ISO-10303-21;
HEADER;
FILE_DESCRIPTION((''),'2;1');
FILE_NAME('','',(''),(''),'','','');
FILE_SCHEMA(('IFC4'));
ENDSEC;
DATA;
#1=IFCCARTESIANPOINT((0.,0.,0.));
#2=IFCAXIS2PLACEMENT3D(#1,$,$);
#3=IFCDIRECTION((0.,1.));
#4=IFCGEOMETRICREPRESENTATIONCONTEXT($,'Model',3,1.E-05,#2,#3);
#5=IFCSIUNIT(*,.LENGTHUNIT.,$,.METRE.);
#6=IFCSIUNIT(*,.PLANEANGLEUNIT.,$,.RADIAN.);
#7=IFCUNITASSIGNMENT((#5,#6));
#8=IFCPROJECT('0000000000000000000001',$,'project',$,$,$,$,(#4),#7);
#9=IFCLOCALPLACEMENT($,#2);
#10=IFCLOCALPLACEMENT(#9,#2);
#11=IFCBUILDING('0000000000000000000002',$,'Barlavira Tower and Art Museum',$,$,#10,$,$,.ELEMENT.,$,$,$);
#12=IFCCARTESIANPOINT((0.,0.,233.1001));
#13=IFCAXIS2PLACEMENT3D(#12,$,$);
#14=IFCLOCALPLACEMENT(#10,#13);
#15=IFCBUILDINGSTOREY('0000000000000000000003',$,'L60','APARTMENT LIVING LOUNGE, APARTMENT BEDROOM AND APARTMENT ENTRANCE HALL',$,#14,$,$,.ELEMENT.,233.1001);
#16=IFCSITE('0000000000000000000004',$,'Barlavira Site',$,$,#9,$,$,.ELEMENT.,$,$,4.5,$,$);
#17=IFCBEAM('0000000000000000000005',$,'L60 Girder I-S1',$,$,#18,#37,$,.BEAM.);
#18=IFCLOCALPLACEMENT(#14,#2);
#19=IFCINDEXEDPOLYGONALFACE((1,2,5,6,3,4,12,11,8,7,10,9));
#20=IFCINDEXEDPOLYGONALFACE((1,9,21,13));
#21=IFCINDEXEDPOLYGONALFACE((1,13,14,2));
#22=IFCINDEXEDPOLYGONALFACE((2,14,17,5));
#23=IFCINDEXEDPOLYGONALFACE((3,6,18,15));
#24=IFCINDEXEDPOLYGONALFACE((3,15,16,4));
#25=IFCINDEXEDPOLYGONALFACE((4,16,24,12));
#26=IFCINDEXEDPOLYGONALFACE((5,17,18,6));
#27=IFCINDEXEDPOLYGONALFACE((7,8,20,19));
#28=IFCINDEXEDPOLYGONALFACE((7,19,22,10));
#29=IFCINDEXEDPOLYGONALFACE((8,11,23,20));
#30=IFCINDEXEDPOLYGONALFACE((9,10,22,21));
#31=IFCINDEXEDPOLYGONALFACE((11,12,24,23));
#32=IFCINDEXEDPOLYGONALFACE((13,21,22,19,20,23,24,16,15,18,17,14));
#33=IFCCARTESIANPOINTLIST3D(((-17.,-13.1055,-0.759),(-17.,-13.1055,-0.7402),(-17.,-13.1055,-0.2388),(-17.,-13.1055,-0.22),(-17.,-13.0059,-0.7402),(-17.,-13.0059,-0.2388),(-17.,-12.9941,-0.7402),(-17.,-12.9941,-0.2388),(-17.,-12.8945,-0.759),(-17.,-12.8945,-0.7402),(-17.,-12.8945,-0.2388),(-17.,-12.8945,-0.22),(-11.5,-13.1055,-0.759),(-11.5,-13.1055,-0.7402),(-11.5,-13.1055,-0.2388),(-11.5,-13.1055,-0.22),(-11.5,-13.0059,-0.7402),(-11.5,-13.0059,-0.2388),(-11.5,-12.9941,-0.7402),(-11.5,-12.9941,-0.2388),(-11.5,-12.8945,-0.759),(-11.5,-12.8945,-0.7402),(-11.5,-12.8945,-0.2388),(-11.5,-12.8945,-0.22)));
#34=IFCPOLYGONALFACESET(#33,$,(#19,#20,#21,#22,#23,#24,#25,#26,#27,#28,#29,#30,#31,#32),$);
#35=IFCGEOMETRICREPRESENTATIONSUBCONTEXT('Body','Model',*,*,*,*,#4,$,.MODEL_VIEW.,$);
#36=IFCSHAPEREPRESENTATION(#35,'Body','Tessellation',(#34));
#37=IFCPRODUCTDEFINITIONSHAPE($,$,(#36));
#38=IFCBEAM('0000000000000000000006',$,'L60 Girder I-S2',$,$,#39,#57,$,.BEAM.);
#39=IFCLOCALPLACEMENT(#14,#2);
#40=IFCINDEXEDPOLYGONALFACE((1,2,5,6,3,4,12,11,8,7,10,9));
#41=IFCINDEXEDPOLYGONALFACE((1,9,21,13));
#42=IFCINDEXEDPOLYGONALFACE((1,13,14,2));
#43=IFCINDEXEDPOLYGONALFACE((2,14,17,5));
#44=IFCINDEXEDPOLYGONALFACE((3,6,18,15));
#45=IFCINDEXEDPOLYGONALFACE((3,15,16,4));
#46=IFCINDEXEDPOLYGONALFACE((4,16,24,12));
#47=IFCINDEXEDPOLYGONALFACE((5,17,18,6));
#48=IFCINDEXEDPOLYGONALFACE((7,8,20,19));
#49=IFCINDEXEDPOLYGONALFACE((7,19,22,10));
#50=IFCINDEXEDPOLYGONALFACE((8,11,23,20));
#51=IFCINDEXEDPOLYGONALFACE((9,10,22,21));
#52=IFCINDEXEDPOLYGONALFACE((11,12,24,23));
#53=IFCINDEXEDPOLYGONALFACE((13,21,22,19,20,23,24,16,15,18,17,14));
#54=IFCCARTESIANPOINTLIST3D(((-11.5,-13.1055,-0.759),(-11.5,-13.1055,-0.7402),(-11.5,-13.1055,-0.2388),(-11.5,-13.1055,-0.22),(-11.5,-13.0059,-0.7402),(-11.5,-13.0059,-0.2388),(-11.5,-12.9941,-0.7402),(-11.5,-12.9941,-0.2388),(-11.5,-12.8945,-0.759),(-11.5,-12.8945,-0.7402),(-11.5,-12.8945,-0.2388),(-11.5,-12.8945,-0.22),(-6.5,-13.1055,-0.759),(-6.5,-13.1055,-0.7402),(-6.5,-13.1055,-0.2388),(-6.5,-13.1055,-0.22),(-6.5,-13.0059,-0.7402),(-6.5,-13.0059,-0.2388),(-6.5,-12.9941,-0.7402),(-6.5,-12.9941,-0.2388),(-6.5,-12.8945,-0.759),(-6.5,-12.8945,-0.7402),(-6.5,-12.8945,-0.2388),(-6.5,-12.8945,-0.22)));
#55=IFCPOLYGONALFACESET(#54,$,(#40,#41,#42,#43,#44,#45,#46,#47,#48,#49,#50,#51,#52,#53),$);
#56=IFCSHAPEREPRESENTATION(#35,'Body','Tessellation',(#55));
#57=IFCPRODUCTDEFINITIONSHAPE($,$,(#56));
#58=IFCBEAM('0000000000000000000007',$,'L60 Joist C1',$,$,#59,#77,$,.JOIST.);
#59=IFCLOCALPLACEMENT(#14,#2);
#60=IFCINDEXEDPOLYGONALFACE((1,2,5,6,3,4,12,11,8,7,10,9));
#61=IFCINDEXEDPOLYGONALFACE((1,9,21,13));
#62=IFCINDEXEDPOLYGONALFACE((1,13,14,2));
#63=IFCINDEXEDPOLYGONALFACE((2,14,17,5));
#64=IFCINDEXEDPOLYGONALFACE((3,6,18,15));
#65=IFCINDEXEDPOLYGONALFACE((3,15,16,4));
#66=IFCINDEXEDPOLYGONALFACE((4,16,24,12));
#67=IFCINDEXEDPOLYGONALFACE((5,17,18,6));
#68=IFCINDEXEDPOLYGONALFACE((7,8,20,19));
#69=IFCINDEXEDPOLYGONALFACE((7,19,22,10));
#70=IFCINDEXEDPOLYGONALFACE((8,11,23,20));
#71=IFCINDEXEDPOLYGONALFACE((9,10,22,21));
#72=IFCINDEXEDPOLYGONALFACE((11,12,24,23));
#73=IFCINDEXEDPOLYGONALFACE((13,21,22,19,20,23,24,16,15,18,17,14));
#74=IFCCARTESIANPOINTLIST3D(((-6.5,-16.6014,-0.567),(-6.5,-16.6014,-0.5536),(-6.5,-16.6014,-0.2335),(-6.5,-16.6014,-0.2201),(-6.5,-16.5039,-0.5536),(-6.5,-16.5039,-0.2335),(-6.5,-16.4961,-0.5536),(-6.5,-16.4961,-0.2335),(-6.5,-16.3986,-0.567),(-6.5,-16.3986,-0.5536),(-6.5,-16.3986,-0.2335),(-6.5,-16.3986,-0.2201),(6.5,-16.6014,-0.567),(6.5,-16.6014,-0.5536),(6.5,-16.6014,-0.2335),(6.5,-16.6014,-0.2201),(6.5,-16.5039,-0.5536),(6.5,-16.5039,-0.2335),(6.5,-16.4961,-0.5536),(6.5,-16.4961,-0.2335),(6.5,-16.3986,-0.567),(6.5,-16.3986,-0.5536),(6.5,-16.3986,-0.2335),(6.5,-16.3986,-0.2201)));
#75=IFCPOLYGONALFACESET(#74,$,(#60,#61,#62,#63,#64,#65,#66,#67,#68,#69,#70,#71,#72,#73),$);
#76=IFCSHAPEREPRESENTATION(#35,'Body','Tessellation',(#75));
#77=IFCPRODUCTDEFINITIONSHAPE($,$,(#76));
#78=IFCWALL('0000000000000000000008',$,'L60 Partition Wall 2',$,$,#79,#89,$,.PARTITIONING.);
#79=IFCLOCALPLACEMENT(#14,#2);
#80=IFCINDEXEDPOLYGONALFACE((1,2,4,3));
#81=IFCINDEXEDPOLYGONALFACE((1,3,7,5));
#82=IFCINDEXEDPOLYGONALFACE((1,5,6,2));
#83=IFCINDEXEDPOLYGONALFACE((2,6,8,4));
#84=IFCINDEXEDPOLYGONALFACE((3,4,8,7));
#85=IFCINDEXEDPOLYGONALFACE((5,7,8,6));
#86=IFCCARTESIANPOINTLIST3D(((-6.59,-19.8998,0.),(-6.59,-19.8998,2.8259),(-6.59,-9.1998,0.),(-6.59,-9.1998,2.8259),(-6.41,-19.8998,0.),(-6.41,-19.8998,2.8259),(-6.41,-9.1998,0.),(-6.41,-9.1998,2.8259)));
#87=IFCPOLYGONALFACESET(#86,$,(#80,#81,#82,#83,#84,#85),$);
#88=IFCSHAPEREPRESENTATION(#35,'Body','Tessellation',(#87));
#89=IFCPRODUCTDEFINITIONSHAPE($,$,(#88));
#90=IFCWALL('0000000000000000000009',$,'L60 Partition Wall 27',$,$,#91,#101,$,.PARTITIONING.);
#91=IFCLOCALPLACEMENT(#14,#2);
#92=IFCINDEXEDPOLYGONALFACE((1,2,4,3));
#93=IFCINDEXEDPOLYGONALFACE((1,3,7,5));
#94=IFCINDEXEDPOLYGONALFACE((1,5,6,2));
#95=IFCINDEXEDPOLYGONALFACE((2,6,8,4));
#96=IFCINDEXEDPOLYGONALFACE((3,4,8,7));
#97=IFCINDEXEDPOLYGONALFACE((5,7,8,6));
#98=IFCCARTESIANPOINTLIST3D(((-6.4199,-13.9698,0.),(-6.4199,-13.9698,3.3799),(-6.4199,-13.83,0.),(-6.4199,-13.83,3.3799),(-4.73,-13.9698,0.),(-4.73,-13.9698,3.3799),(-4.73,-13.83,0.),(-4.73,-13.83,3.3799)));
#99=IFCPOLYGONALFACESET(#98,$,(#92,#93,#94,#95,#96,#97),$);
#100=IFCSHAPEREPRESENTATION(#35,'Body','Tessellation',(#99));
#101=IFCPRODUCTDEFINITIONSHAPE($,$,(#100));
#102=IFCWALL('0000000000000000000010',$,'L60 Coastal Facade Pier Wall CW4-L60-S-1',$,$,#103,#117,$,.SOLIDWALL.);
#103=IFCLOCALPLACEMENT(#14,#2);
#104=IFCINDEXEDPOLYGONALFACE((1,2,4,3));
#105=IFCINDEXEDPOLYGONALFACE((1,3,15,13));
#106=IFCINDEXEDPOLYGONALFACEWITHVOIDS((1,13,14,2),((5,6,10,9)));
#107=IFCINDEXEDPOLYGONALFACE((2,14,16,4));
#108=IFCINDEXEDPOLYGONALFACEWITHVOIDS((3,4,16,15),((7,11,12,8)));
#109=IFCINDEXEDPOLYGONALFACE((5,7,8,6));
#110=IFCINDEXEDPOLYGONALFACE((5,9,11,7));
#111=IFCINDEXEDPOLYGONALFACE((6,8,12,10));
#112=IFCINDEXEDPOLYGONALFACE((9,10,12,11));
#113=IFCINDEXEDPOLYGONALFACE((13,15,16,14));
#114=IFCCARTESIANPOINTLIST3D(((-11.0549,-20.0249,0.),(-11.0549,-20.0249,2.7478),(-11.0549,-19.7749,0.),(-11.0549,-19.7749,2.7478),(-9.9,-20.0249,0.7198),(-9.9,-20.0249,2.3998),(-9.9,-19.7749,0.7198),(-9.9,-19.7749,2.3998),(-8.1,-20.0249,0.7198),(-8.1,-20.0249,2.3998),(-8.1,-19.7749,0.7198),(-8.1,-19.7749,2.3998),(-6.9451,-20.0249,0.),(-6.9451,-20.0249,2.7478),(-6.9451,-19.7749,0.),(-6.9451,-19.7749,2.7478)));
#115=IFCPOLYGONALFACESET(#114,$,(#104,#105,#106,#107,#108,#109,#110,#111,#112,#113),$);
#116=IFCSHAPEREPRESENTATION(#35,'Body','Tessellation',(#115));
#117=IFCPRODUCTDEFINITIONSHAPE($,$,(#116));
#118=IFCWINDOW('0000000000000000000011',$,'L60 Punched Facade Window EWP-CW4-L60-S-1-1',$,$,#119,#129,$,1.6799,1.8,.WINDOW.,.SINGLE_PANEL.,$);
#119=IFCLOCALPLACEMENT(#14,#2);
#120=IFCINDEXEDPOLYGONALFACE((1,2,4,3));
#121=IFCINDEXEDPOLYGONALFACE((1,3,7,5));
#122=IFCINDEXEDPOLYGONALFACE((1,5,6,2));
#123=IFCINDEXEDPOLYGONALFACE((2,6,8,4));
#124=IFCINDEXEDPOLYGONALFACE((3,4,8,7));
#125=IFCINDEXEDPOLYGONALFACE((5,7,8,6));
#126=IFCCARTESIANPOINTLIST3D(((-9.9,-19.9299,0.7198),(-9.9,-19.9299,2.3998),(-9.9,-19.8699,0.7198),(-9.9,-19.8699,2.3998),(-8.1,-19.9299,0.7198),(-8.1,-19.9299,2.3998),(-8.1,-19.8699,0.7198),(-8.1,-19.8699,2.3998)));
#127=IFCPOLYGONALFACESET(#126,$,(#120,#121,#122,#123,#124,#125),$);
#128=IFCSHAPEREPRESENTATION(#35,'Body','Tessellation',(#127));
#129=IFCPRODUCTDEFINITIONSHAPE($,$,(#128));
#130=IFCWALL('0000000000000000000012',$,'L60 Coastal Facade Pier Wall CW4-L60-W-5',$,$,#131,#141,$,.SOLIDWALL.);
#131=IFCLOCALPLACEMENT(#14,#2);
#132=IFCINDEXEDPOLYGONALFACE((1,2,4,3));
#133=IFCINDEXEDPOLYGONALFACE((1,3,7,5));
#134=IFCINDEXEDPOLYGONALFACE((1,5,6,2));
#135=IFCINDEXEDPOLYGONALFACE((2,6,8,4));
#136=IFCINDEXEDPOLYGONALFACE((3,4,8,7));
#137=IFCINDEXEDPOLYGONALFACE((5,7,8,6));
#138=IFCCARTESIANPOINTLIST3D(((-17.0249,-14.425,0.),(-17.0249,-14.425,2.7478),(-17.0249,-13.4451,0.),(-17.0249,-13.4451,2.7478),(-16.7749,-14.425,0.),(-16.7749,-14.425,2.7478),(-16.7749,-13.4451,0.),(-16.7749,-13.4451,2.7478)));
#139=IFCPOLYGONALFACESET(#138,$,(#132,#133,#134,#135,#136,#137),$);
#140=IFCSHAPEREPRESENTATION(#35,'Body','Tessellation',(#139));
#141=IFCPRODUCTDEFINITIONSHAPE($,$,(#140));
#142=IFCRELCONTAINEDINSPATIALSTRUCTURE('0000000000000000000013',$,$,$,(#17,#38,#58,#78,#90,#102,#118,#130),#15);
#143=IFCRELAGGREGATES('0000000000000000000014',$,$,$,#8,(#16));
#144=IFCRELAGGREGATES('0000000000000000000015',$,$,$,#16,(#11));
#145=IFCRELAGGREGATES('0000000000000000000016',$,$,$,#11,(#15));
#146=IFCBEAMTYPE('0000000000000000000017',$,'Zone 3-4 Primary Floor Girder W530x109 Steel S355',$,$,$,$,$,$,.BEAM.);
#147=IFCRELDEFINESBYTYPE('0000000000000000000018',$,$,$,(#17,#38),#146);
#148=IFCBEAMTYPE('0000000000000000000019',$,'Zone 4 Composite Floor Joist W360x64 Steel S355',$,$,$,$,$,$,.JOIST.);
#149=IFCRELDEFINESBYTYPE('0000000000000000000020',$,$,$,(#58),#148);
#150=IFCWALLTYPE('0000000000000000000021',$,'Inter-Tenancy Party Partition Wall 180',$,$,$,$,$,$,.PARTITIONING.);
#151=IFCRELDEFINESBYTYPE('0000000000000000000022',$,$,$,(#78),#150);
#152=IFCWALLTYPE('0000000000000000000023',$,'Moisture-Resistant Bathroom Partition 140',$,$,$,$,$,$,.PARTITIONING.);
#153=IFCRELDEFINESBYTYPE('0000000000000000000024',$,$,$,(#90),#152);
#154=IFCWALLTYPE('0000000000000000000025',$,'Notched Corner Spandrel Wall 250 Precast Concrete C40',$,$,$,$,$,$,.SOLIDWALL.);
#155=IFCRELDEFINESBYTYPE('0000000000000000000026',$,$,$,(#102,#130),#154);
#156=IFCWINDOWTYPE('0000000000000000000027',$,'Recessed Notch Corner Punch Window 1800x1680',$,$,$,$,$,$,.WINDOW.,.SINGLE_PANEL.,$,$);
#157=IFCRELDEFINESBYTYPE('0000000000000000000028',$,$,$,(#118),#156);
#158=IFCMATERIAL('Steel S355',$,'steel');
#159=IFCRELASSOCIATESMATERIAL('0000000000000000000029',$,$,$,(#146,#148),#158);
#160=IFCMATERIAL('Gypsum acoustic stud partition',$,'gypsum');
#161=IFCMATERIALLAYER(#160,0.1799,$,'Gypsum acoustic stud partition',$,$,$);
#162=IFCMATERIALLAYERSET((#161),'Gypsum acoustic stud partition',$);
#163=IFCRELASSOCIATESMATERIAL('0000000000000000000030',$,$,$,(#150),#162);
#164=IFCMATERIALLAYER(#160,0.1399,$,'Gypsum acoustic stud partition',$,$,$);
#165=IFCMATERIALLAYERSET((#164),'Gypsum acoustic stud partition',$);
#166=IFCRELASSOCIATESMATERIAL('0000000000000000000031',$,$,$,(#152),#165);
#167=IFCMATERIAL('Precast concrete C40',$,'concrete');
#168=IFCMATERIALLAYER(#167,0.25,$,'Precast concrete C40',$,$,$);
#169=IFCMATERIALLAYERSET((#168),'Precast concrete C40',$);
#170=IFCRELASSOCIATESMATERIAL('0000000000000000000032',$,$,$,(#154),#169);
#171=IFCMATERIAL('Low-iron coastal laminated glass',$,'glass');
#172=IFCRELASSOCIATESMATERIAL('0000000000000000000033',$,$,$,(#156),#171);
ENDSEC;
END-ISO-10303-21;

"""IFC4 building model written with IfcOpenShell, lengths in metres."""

from ifc_helpers import new_model, si_unit, direction, frame, frame_2d, origin, origin_2d, place, context, subcontext, project, spatial, rectangle, i_section, extrude, material, layer, layer_set, material_profile, profile_set, type_object, element, fill, save


model = new_model("IFC4")

# Units and contexts
model_context = context("Model", 3, precision=1e-05, world=origin(), true_north=direction((0.0, 1.0)))
body_context = subcontext(model_context, "Body", "Model", "MODEL_VIEW")
ifc_project = project(units=[si_unit("LENGTHUNIT", "METRE"), si_unit("PLANEANGLEUNIT", "RADIAN")], contexts=[model_context])

# Site, building, storey
site_placement = place(None, origin())
site = spatial("IfcSite", under=ifc_project, at=site_placement, Name="Barlavira Site", CompositionType="ELEMENT", RefElevation=4.5)
building_placement = place(site_placement, origin())
building = spatial("IfcBuilding", under=site, at=building_placement, Name="Barlavira Tower and Art Museum", CompositionType="ELEMENT")
storey_placement = place(building_placement, frame((0.0, 0.0, 233.1001)))
storey = spatial("IfcBuildingStorey", under=building, at=storey_placement, Name="L60", Description="APARTMENT LIVING LOUNGE, APARTMENT BEDROOM AND APARTMENT ENTRANCE HALL", CompositionType="ELEMENT", Elevation=233.1001)

# Shared definitions
ifc_material_1 = material(Name="Low-iron coastal laminated glass", Category="glass")

# Beams
ifc_material_2 = material(Name="Steel S355", Category="steel")
ifc_material_profile_1 = material_profile(ifc_material_2, i_section(OverallWidth=0.2109, OverallDepth=0.5391, WebThickness=0.0117, FlangeThickness=0.0188, at=origin_2d()), Name="W530x109.0")
ifc_profile_set_1 = profile_set([ifc_material_profile_1], Name="Steel S355")
beam_type_1 = type_object("IfcBeamType", Name="Zone 3-4 Primary Floor Girder W530x109 Steel S355", PredefinedType="BEAM", material=ifc_profile_set_1)
beam_1_placement = place(storey_placement, frame((-17.0, -13.0, -0.4895), z_axis=(1.0, 0.0, 0.0), x_axis=(0.0, 1.0, 0.0)))
element("IfcBeam", 1, at=beam_1_placement, inside=storey, type_object=beam_type_1, Name="L60 Girder I-S1", PredefinedType="BEAM", context=body_context, shape_type="SweptSolid", body=[
    extrude(i_section(OverallWidth=0.2109, OverallDepth=0.5391, WebThickness=0.0117, FlangeThickness=0.0188, at=origin_2d()), origin(), (0.0, 0.0, 1.0), 5.5),
])
beam_2_placement = place(storey_placement, frame((-11.5, -13.0, -0.4895), z_axis=(1.0, 0.0, 0.0), x_axis=(0.0, 1.0, 0.0)))
element("IfcBeam", 2, at=beam_2_placement, inside=storey, type_object=beam_type_1, Name="L60 Girder I-S2", PredefinedType="BEAM", context=body_context, shape_type="SweptSolid", body=[
    extrude(i_section(OverallWidth=0.2109, OverallDepth=0.5391, WebThickness=0.0117, FlangeThickness=0.0188, at=origin_2d()), origin(), (0.0, 0.0, 1.0), 5.0),
])
ifc_material_profile_2 = material_profile(ifc_material_2, i_section(OverallWidth=0.2029, OverallDepth=0.3469, WebThickness=0.0078, FlangeThickness=0.0134, at=origin_2d()), Name="W360x64.0")
ifc_profile_set_2 = profile_set([ifc_material_profile_2], Name="Steel S355")
beam_type_2 = type_object("IfcBeamType", Name="Zone 4 Composite Floor Joist W360x64 Steel S355", PredefinedType="JOIST", material=ifc_profile_set_2)
beam_3_placement = place(storey_placement, frame((-6.5, -16.5, -0.3936), z_axis=(1.0, 0.0, 0.0), x_axis=(0.0, 1.0, 0.0)))
element("IfcBeam", 3, at=beam_3_placement, inside=storey, type_object=beam_type_2, Name="L60 Joist C1", PredefinedType="JOIST", context=body_context, shape_type="SweptSolid", body=[
    extrude(i_section(OverallWidth=0.2029, OverallDepth=0.3469, WebThickness=0.0078, FlangeThickness=0.0134, at=origin_2d()), origin(), (0.0, 0.0, 1.0), 13.0),
])

# Walls
ifc_material_3 = material(Name="Gypsum acoustic stud partition", Category="gypsum")
ifc_layer_1 = layer(ifc_material_3, 0.1799, Name="Gypsum acoustic stud partition")
ifc_layer_set_1 = layer_set([ifc_layer_1], Name="Gypsum acoustic stud partition")
wall_type_1 = type_object("IfcWallType", Name="Inter-Tenancy Party Partition Wall 180", PredefinedType="PARTITIONING", material=ifc_layer_set_1)
wall_1_placement = place(storey_placement, frame((-6.5, -19.8999, 0.0), z_axis=(0.0, 0.0, 1.0), x_axis=(0.0, 1.0, 0.0)))
element("IfcWall", 4, at=wall_1_placement, inside=storey, type_object=wall_type_1, Name="L60 Partition Wall 2", PredefinedType="PARTITIONING", context=body_context, shape_type="SweptSolid", body=[
    extrude(rectangle(XDim=10.7, YDim=0.1799, at=frame_2d((5.3501, 0.0))), origin(), (0.0, 0.0, 1.0), 2.8259),
])
ifc_layer_2 = layer(ifc_material_3, 0.1399, Name="Gypsum acoustic stud partition")
ifc_layer_set_2 = layer_set([ifc_layer_2], Name="Gypsum acoustic stud partition")
wall_type_2 = type_object("IfcWallType", Name="Moisture-Resistant Bathroom Partition 140", PredefinedType="PARTITIONING", material=ifc_layer_set_2)
wall_2_placement = place(storey_placement, frame((-6.4199, -13.8999, 0.0), z_axis=(0.0, 0.0, 1.0), x_axis=(1.0, 0.0, 0.0)))
element("IfcWall", 5, at=wall_2_placement, inside=storey, type_object=wall_type_2, Name="L60 Partition Wall 27", PredefinedType="PARTITIONING", context=body_context, shape_type="SweptSolid", body=[
    extrude(rectangle(XDim=1.6899, YDim=0.1399, at=frame_2d((0.845, 0.0))), origin(), (0.0, 0.0, 1.0), 3.3799),
])

# Wall, opening, window
ifc_material_4 = material(Name="Precast concrete C40", Category="concrete")
ifc_layer_3 = layer(ifc_material_4, 0.25, Name="Precast concrete C40")
ifc_layer_set_3 = layer_set([ifc_layer_3], Name="Precast concrete C40")
wall_type_3 = type_object("IfcWallType", Name="Notched Corner Spandrel Wall 250 Precast Concrete C40", PredefinedType="SOLIDWALL", material=ifc_layer_set_3)
wall_3_placement = place(storey_placement, frame((-11.0549, -19.8999, 0.0), z_axis=(0.0, 0.0, 1.0), x_axis=(1.0, 0.0, 0.0)))
wall_3 = element("IfcWall", 6, at=wall_3_placement, inside=storey, type_object=wall_type_3, Name="L60 Coastal Facade Pier Wall CW4-L60-S-1", PredefinedType="SOLIDWALL", context=body_context, shape_type="SweptSolid", body=[
    extrude(rectangle(XDim=4.1099, YDim=0.25, at=frame_2d((2.0549, 0.0))), origin(), (0.0, 0.0, 1.0), 2.7478),
])
opening_1_placement = place(wall_3_placement, frame((1.155, 0.0, 0.72)))
opening_1 = element("IfcOpeningElement", 7, at=opening_1_placement, cuts=wall_3, PredefinedType="OPENING", context=body_context, shape_type="SweptSolid", body=[
    extrude(rectangle(XDim=1.8, YDim=1.6799, at=frame_2d((0.8999, 0.8398))), frame((0.0, 0.135, 0.0), z_axis=(0.0, -1.0, 0.0), x_axis=(1.0, 0.0, 0.0)), (0.0, 0.0, 1.0), 0.27),
])
window_type = type_object("IfcWindowType", Name="Recessed Notch Corner Punch Window 1800x1680", PartitioningType="SINGLE_PANEL", PredefinedType="WINDOW", material=ifc_material_1)
window_1_placement = place(opening_1_placement, origin())
window_1 = element("IfcWindow", 8, at=window_1_placement, inside=storey, type_object=window_type, Name="L60 Punched Facade Window EWP-CW4-L60-S-1-1", OverallHeight=1.6799, OverallWidth=1.8, PartitioningType="SINGLE_PANEL", PredefinedType="WINDOW", context=body_context, shape_type="SweptSolid", body=[
    extrude(rectangle(XDim=1.8, YDim=1.6799, at=frame_2d((0.8999, 0.8398))), frame((0.0, 0.03, 0.0), z_axis=(0.0, -1.0, 0.0), x_axis=(1.0, 0.0, 0.0)), (0.0, 0.0, 1.0), 0.0601),
])
fill(opening_1, window_1)

# Wall
wall_4_placement = place(storey_placement, frame((-16.8999, -13.4451, 0.0), z_axis=(0.0, 0.0, 1.0), x_axis=(0.0, -1.0, 0.0)))
element("IfcWall", 9, at=wall_4_placement, inside=storey, type_object=wall_type_3, Name="L60 Coastal Facade Pier Wall CW4-L60-W-5", PredefinedType="SOLIDWALL", context=body_context, shape_type="SweptSolid", body=[
    extrude(rectangle(XDim=0.98, YDim=0.25, at=frame_2d((0.49, 0.0))), origin(), (0.0, 0.0, 1.0), 2.7478),
])

save(model, "model.ifc")
